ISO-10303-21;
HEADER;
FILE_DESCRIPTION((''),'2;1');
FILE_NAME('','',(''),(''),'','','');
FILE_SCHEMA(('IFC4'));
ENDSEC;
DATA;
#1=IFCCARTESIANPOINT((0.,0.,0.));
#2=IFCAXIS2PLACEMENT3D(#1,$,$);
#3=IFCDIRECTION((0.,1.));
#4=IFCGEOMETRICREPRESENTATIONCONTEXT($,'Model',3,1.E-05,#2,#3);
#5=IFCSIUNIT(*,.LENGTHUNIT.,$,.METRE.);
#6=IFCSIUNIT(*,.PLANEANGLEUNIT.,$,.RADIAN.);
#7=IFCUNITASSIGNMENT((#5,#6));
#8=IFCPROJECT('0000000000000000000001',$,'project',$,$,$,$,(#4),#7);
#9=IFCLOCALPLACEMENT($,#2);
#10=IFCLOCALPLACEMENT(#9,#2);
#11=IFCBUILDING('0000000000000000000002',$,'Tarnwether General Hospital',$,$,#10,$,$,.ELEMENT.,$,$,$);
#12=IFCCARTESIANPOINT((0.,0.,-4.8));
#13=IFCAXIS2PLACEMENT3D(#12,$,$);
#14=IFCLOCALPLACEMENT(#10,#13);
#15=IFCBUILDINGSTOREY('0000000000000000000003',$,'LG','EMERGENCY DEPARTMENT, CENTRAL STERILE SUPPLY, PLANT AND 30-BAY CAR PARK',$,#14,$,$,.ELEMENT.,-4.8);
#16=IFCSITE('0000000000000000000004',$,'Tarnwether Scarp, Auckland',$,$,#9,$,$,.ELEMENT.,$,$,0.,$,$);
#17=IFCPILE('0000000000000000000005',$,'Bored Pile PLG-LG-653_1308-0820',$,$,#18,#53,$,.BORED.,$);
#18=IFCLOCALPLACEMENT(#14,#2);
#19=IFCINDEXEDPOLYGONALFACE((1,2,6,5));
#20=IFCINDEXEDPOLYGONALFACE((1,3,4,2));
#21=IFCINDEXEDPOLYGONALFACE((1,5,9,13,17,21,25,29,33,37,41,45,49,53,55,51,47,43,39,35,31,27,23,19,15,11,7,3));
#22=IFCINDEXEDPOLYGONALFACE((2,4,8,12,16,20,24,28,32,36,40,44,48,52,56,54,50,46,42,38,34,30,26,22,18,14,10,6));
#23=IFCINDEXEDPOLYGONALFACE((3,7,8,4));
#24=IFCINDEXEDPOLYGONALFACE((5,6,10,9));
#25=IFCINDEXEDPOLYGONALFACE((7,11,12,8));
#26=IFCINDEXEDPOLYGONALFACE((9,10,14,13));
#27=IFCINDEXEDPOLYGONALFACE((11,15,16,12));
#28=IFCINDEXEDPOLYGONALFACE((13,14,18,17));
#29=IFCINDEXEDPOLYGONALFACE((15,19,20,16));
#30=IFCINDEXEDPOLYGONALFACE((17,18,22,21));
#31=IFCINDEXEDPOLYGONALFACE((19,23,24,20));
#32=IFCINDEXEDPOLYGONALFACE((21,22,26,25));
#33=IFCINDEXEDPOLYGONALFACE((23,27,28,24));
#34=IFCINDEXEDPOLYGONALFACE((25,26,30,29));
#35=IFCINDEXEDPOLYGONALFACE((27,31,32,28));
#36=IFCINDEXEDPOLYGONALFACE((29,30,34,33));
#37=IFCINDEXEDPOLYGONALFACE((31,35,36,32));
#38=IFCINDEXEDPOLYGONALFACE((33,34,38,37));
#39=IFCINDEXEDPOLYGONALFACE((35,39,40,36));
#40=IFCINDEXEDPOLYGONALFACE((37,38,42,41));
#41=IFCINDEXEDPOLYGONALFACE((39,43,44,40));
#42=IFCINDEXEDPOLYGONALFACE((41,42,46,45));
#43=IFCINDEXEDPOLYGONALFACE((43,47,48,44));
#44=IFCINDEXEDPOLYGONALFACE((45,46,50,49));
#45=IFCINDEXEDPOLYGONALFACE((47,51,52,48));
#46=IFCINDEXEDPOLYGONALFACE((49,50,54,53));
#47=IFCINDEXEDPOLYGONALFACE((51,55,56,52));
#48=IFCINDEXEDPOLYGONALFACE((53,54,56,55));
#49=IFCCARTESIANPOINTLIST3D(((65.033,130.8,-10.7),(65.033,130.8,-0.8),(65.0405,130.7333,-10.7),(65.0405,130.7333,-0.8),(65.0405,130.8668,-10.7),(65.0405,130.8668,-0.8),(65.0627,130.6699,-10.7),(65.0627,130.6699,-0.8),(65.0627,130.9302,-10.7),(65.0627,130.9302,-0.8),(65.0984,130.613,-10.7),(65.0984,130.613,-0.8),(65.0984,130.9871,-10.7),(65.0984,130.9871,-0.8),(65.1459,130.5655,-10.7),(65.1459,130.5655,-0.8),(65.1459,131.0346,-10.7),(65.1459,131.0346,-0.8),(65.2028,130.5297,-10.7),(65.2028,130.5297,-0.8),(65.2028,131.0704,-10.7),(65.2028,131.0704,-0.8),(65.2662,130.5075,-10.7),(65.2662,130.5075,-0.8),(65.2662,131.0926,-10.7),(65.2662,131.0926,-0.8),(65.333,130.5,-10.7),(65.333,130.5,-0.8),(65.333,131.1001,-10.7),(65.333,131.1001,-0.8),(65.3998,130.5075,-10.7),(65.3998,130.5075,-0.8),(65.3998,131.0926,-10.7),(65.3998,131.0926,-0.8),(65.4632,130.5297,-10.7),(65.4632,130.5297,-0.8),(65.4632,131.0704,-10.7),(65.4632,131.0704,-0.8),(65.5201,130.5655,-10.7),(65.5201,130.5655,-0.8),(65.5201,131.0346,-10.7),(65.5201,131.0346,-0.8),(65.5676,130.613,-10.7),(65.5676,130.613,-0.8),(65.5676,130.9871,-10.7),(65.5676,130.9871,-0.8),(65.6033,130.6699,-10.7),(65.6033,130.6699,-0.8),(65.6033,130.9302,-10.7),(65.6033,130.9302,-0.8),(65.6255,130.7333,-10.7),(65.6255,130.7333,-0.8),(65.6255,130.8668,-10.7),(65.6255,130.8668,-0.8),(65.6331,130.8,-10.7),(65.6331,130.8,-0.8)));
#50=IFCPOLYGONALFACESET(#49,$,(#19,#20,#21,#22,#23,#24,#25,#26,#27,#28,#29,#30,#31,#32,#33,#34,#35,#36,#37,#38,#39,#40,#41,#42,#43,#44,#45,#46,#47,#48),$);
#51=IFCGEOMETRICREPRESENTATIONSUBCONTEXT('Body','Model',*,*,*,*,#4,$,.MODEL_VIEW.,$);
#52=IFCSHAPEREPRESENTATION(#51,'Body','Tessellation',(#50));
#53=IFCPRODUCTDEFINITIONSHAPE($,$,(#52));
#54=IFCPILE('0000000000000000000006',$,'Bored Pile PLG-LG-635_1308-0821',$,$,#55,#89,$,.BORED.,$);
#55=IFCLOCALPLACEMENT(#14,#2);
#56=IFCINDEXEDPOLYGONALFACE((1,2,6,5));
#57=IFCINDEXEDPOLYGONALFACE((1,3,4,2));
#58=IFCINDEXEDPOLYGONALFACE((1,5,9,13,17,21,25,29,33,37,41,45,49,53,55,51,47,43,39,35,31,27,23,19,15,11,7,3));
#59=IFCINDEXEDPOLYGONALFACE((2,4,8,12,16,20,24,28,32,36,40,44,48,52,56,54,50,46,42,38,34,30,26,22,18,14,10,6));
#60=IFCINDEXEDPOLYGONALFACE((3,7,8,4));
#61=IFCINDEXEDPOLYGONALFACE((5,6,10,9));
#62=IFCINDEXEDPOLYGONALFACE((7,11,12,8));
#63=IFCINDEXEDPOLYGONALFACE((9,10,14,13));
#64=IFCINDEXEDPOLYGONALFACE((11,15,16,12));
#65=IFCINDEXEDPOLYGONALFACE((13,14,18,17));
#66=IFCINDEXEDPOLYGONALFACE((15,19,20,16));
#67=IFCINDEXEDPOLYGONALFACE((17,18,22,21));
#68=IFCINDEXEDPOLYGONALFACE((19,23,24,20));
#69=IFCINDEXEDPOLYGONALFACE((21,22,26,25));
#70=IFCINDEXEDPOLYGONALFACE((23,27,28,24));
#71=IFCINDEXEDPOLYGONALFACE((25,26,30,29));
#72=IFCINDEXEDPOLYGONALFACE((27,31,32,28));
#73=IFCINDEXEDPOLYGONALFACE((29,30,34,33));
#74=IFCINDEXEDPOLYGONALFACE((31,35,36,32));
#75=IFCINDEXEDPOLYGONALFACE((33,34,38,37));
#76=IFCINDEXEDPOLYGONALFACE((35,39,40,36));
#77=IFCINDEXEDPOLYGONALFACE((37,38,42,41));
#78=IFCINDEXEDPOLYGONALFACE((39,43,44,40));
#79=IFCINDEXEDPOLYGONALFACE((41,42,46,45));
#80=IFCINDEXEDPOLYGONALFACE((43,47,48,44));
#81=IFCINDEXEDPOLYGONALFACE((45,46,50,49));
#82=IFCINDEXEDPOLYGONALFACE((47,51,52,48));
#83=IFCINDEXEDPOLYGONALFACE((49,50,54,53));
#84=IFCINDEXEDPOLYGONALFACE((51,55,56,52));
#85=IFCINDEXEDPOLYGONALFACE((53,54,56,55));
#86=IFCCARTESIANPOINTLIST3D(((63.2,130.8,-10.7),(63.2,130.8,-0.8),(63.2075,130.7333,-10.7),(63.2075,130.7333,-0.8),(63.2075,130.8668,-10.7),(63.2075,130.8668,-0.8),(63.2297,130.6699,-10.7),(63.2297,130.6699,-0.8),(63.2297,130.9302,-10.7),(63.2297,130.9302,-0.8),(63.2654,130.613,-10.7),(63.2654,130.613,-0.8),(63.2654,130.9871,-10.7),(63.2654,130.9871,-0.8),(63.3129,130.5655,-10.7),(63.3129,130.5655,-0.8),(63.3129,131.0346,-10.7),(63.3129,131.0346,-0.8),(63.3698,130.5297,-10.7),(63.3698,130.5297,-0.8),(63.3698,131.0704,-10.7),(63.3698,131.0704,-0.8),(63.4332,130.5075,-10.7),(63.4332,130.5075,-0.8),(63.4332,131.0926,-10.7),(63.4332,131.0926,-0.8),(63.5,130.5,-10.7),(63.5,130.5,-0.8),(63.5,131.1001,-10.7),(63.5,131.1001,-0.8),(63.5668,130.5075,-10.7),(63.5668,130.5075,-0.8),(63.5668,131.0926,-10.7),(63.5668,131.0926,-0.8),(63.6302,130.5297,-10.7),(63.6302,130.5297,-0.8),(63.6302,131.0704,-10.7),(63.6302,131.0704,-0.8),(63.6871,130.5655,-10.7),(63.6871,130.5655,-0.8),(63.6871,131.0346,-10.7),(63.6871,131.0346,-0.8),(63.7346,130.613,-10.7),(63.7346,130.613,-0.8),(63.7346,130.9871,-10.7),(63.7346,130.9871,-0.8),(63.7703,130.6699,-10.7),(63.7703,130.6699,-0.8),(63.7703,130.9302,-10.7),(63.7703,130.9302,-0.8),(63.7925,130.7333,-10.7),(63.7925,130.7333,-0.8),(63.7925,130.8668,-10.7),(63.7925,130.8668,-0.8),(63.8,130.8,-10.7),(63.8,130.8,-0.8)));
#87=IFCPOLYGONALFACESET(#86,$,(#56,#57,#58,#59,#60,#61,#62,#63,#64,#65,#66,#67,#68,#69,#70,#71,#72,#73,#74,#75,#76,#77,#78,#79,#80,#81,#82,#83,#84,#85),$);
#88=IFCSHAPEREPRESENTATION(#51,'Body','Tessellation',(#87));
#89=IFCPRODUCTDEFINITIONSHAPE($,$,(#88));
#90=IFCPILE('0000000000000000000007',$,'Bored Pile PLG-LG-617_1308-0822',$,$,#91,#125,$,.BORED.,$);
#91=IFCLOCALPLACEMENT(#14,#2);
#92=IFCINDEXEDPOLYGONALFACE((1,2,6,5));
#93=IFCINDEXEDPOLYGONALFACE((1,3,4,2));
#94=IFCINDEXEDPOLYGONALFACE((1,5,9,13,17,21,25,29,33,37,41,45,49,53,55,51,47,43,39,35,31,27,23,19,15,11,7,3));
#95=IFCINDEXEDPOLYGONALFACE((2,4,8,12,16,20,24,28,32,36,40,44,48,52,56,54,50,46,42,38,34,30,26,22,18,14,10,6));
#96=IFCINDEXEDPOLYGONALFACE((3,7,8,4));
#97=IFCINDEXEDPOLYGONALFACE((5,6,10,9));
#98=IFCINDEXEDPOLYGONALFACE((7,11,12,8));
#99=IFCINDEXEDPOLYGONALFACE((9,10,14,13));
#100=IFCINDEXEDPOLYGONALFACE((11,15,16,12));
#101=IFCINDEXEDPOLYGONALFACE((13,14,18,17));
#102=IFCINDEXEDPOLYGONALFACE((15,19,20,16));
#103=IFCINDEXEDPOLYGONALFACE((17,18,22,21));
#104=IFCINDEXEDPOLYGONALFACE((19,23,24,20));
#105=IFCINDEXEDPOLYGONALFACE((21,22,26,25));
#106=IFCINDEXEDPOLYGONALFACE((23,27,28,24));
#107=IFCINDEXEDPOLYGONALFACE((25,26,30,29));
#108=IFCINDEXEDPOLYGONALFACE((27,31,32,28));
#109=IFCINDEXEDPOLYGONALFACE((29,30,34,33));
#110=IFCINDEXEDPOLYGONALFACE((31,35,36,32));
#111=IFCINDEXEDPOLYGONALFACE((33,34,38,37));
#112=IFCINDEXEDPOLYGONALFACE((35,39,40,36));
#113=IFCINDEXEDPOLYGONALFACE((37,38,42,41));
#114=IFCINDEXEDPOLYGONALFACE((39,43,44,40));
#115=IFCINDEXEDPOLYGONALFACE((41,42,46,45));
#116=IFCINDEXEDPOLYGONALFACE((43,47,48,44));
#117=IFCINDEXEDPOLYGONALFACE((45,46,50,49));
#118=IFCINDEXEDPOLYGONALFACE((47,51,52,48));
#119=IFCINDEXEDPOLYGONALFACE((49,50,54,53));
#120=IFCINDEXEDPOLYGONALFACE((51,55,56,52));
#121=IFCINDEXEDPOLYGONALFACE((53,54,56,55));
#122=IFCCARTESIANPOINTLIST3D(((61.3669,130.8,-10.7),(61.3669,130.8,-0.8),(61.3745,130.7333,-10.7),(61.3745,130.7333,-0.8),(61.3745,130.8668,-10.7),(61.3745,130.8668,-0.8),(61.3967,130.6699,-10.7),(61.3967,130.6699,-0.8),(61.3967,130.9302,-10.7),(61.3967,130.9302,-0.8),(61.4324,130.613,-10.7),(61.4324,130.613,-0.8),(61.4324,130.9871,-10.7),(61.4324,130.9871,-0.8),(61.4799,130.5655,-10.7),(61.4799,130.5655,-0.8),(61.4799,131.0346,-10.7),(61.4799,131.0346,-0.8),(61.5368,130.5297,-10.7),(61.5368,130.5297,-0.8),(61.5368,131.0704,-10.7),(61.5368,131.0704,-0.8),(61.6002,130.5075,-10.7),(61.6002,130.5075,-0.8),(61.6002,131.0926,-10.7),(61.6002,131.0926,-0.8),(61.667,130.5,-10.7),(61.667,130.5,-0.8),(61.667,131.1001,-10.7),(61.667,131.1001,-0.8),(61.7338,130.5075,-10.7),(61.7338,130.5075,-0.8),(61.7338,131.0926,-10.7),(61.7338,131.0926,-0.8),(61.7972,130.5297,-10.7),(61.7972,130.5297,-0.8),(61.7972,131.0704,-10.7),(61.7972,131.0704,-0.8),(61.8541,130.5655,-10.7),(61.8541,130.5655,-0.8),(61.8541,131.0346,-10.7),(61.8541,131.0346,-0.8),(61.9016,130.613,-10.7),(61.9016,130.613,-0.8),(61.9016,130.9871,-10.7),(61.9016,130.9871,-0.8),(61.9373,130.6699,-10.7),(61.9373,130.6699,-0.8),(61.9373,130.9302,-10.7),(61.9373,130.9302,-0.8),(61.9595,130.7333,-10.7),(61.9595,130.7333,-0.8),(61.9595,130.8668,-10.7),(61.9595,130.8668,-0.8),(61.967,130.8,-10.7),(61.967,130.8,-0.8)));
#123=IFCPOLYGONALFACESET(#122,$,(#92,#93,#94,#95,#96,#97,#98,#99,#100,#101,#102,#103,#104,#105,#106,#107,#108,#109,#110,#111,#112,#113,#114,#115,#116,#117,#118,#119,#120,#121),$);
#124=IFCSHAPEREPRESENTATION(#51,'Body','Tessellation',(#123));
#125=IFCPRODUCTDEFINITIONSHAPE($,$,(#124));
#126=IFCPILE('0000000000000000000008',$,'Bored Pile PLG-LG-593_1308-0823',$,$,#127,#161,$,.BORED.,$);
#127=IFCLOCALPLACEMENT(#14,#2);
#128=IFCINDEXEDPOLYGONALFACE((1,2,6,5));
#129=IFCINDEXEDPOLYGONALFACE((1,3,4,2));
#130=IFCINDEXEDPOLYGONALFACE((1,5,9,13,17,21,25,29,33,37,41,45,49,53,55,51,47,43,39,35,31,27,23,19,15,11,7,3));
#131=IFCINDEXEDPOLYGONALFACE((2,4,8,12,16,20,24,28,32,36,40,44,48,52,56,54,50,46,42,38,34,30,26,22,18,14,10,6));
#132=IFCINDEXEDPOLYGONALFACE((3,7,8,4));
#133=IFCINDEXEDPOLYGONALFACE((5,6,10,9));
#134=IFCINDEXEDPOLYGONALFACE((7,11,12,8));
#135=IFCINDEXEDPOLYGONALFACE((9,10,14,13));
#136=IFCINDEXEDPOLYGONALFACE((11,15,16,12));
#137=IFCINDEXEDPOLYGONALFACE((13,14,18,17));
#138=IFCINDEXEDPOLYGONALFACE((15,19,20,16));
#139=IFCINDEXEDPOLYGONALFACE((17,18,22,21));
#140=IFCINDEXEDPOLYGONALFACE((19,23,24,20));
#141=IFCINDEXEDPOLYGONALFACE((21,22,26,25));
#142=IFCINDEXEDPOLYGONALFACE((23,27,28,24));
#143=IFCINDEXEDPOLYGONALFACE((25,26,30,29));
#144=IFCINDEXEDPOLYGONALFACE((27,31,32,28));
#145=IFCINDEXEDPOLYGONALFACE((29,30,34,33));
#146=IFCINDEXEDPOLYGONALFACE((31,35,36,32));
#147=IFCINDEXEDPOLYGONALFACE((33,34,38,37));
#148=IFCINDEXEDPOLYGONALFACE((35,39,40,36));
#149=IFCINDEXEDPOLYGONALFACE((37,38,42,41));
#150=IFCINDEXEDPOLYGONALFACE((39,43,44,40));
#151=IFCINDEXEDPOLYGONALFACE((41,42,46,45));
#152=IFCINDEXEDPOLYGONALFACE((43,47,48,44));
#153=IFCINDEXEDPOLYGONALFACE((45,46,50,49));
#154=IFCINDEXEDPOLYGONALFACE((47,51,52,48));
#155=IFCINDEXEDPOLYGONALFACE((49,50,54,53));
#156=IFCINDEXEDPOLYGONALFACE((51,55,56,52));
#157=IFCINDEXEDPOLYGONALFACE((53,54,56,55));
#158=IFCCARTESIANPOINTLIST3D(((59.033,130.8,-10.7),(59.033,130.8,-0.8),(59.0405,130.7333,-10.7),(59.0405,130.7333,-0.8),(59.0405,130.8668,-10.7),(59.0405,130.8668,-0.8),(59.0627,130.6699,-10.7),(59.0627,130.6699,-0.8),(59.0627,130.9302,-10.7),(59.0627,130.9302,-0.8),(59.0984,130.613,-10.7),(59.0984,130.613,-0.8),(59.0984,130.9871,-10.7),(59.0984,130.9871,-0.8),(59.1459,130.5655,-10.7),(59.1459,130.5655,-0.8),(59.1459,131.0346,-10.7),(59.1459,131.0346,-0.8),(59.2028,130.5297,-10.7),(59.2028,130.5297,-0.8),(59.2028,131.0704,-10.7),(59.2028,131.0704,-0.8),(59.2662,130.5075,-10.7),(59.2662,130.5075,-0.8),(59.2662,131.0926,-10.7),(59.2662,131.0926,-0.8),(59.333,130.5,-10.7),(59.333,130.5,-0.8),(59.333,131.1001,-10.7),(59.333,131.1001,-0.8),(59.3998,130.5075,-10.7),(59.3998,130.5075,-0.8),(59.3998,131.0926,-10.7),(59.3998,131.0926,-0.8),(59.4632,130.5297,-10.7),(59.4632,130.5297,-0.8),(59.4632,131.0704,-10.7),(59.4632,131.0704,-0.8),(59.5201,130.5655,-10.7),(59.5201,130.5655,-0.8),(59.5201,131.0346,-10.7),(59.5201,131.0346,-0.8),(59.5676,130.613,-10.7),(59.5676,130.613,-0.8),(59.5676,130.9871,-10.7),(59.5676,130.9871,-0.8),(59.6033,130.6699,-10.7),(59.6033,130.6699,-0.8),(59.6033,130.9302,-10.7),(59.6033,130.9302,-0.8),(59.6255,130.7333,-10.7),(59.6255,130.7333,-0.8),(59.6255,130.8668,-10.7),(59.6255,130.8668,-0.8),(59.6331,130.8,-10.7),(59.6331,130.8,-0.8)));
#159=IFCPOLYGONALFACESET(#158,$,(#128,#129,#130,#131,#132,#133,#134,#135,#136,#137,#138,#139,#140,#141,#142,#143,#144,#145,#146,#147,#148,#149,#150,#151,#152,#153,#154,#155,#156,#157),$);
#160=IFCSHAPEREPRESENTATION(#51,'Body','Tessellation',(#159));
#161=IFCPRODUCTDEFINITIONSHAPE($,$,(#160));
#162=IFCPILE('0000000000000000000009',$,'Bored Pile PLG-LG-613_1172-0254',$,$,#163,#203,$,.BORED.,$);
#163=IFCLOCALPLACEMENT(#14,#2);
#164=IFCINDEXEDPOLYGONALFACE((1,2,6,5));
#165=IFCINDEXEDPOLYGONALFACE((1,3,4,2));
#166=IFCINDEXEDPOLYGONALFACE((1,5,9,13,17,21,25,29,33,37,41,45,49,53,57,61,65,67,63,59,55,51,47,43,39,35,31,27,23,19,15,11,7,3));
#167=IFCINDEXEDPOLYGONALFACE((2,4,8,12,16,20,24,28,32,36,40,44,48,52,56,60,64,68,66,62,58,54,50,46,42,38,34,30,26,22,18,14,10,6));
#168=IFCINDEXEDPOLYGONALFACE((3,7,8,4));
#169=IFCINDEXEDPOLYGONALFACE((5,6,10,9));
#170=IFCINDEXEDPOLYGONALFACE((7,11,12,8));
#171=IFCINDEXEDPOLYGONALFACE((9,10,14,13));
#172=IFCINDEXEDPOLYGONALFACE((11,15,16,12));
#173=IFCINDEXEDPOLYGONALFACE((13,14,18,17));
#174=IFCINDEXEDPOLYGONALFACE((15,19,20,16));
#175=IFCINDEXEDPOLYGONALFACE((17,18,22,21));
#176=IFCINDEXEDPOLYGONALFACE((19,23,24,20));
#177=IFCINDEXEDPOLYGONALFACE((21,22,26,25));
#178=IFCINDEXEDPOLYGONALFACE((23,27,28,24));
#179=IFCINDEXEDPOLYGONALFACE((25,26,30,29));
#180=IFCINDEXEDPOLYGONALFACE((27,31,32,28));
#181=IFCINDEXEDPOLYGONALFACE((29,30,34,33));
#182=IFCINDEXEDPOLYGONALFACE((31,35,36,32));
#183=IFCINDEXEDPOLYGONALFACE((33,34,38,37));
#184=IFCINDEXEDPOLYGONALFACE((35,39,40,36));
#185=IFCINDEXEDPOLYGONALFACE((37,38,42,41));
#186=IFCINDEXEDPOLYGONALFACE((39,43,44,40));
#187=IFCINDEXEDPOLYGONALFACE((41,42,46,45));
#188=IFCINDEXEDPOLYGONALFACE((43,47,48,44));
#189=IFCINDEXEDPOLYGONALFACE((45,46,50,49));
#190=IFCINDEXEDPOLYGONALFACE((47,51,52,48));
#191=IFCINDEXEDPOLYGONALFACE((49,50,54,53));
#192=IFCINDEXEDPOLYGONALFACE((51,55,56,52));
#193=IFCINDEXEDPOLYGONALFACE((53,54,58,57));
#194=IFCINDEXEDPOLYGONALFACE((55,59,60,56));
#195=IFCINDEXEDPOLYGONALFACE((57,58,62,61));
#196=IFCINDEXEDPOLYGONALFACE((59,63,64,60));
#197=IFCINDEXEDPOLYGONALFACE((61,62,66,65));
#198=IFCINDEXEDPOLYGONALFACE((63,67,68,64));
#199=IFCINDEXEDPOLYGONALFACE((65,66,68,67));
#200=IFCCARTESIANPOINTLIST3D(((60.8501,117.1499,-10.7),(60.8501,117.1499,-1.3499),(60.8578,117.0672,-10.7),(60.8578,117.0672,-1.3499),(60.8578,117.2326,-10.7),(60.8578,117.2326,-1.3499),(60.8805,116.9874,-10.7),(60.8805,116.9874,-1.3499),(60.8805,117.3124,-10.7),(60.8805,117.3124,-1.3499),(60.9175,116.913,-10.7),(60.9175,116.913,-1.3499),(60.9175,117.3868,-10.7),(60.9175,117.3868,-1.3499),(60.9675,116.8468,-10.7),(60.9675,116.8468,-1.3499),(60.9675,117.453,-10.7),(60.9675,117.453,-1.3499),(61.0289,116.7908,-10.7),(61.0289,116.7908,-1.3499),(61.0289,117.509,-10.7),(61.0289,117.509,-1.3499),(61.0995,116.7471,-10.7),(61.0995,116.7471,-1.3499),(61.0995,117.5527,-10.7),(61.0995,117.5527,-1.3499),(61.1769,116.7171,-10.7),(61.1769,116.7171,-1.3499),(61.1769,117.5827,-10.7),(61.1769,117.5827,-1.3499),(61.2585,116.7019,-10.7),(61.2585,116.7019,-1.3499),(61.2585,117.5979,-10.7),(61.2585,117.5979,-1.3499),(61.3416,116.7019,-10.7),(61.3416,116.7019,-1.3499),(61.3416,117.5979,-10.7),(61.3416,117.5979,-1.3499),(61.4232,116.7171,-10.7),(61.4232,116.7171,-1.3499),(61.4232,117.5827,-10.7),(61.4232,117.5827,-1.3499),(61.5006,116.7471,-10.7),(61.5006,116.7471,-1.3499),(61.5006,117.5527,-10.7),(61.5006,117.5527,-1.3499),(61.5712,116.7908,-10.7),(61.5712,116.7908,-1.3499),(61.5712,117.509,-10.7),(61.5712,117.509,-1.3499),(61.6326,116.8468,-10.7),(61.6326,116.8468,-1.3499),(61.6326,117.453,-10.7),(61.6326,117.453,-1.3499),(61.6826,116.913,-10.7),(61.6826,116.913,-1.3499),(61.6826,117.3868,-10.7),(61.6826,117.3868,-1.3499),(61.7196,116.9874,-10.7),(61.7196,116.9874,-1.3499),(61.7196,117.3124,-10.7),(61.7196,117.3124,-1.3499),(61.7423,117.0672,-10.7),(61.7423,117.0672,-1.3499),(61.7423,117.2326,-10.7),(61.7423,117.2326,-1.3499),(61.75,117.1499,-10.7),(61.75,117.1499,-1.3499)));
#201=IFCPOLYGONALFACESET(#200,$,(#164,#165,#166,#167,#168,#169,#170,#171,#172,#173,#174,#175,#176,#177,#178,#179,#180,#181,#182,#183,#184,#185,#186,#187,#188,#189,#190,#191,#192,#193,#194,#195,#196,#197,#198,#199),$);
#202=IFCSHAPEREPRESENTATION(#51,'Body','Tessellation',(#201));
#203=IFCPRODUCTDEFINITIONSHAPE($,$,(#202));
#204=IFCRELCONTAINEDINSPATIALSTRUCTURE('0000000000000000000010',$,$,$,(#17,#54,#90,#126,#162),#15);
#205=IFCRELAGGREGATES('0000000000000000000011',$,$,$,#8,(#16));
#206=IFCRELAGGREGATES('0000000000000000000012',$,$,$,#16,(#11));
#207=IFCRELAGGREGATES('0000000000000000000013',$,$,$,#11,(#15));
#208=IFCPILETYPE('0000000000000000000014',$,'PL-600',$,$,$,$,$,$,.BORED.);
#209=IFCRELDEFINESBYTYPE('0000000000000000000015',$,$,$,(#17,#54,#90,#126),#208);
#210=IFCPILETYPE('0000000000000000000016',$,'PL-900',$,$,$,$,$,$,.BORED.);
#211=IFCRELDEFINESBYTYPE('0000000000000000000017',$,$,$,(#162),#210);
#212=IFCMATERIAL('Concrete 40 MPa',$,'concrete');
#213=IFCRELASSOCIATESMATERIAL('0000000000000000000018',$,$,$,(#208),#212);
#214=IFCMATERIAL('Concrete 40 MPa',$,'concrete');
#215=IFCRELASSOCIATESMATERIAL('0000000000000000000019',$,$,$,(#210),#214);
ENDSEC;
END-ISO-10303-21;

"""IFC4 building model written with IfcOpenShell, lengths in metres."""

from ifc_helpers import new_model, si_unit, direction, frame, origin, origin_2d, place, context, subcontext, project, spatial, circle, extrude, material, material_profile, profile_set, type_object, element, save


model = new_model("IFC4")

# Units and contexts
model_context = context("Model", 3, precision=1e-05, world=origin(), true_north=direction((0.0, 1.0)))
body_context = subcontext(model_context, "Body", "Model", "MODEL_VIEW")
ifc_project = project(units=[si_unit("LENGTHUNIT", "METRE"), si_unit("PLANEANGLEUNIT", "RADIAN")], contexts=[model_context])

# Site, building, storey
site_placement = place(None, origin())
site = spatial("IfcSite", under=ifc_project, at=site_placement, Name="Tarnwether Scarp, Auckland", CompositionType="ELEMENT", RefElevation=0.0)
building_placement = place(site_placement, origin())
building = spatial("IfcBuilding", under=site, at=building_placement, Name="Tarnwether General Hospital", CompositionType="ELEMENT")
storey_placement = place(building_placement, frame((0.0, 0.0, -4.8)))
storey = spatial("IfcBuildingStorey", under=building, at=storey_placement, Name="LG", Description="EMERGENCY DEPARTMENT, CENTRAL STERILE SUPPLY, PLANT AND 30-BAY CAR PARK", CompositionType="ELEMENT", Elevation=-4.8)

# Piles
ifc_material_1 = material(Name="Concrete 40 MPa", Category="concrete")
ifc_material_profile_1 = material_profile(ifc_material_1, circle(Radius=0.3, at=origin_2d()), Name="PILE-D600")
ifc_profile_set_1 = profile_set([ifc_material_profile_1], Name="Concrete 40 MPa")
pile_type_1 = type_object("IfcPileType", Name="PL-600", PredefinedType="BORED", material=ifc_profile_set_1)
for number, where, z_axis, x_axis, name in (
    (1, (65.333, 130.8, -0.8), (0.0, 0.0, -1.0), (1.0, 0.0, 0.0), "Bored Pile PLG-LG-653_1308-0820"),
    (2, (63.5, 130.8, -0.8), (0.0, 0.0, -1.0), (1.0, 0.0, 0.0), "Bored Pile PLG-LG-635_1308-0821"),
    (3, (61.667, 130.8, -0.8), (0.0, 0.0, -1.0), (1.0, 0.0, 0.0), "Bored Pile PLG-LG-617_1308-0822"),
    (4, (59.333, 130.8, -0.8), (0.0, 0.0, -1.0), (1.0, 0.0, 0.0), "Bored Pile PLG-LG-593_1308-0823"),
):
    element("IfcPile", number, at=place(storey_placement, frame(where, z_axis=z_axis, x_axis=x_axis)), inside=storey, type_object=pile_type_1, Name=name, PredefinedType="BORED", context=body_context, shape_type="SweptSolid", body=[
        extrude(circle(Radius=0.3, at=origin_2d()), origin(), (0.0, 0.0, 1.0), 9.8999),
    ])
ifc_material_2 = material(Name="Concrete 40 MPa", Category="concrete")
ifc_material_profile_2 = material_profile(ifc_material_2, circle(Radius=0.45, at=origin_2d()), Name="PILE-D900")
ifc_profile_set_2 = profile_set([ifc_material_profile_2], Name="Concrete 40 MPa")
pile_type_2 = type_object("IfcPileType", Name="PL-900", PredefinedType="BORED", material=ifc_profile_set_2)
pile_1_placement = place(storey_placement, frame((61.3, 117.1499, -1.3499), z_axis=(0.0, 0.0, -1.0), x_axis=(1.0, 0.0, 0.0)))
element("IfcPile", 5, at=pile_1_placement, inside=storey, type_object=pile_type_2, Name="Bored Pile PLG-LG-613_1172-0254", PredefinedType="BORED", context=body_context, shape_type="SweptSolid", body=[
    extrude(circle(Radius=0.45, at=origin_2d()), origin(), (0.0, 0.0, 1.0), 9.3501),
])

save(model, "model.ifc")
